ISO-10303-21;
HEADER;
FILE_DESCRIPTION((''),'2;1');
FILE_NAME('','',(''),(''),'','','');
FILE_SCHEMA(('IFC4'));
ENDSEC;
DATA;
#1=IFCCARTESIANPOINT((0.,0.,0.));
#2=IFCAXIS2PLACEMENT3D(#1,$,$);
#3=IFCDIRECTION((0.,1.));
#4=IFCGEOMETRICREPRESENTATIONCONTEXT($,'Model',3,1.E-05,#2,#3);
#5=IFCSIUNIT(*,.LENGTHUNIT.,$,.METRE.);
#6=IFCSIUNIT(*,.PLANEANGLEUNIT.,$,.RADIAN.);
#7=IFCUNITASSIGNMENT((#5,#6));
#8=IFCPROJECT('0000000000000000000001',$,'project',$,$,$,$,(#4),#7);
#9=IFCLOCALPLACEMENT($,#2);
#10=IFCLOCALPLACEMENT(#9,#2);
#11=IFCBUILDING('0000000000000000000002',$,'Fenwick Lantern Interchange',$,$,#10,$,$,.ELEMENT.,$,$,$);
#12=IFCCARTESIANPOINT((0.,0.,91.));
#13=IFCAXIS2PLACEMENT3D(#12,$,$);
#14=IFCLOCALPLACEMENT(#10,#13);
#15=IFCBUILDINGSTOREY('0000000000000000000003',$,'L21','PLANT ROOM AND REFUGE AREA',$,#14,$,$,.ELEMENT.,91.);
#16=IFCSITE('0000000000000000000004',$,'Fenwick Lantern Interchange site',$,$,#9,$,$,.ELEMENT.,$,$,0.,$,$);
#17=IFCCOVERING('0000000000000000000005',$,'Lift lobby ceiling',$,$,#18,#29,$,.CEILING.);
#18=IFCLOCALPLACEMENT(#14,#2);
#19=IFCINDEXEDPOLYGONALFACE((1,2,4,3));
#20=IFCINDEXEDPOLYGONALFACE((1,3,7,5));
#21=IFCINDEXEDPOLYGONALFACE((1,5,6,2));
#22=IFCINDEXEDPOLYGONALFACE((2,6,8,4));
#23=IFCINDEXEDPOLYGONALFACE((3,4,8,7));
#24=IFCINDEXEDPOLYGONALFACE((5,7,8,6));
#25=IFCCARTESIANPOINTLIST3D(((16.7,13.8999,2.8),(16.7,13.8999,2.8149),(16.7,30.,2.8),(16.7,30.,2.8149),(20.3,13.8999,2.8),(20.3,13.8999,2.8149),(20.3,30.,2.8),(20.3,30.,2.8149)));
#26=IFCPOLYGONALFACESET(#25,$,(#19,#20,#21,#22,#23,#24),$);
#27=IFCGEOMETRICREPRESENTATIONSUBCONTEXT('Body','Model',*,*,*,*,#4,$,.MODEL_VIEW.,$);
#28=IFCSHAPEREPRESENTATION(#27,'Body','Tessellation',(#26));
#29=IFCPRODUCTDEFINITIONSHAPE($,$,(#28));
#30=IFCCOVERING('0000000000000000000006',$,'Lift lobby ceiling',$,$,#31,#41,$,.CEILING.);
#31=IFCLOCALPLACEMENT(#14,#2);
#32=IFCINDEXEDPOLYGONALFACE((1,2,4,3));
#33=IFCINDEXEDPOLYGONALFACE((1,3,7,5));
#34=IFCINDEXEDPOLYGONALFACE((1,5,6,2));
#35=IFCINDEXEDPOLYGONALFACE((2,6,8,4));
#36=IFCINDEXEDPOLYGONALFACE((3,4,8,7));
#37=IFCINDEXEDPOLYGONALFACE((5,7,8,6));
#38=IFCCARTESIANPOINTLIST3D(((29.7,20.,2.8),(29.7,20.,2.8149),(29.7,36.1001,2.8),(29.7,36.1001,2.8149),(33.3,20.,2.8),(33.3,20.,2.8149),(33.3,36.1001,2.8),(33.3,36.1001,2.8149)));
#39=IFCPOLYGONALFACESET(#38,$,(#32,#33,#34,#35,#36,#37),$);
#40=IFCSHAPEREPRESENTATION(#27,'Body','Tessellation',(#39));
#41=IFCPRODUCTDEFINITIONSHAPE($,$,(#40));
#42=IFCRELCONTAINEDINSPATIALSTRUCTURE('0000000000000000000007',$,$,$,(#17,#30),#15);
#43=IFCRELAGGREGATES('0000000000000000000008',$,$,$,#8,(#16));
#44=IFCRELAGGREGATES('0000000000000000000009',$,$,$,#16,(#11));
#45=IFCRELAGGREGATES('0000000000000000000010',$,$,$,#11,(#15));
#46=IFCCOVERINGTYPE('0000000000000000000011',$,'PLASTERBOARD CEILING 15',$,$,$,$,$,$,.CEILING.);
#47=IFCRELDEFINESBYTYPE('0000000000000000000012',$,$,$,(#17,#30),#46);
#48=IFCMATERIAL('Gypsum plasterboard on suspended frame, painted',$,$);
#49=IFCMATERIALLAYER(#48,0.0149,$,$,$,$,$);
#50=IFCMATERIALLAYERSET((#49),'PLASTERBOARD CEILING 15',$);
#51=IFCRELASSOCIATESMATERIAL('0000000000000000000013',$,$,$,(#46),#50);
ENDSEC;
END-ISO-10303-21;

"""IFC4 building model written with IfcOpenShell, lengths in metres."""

from ifc_helpers import new_model, si_unit, direction, frame, origin, place, context, subcontext, project, spatial, polyline, outline, extrude, material, layer, layer_set, type_object, element, save


model = new_model("IFC4")

# Units and contexts
model_context = context("Model", 3, precision=1e-05, world=origin(), true_north=direction((0.0, 1.0)))
body_context = subcontext(model_context, "Body", "Model", "MODEL_VIEW")
ifc_project = project(units=[si_unit("LENGTHUNIT", "METRE"), si_unit("PLANEANGLEUNIT", "RADIAN")], contexts=[model_context])

# Site, building, storey
site_placement = place(None, origin())
site = spatial("IfcSite", under=ifc_project, at=site_placement, Name="Fenwick Lantern Interchange site", CompositionType="ELEMENT", RefElevation=0.0)
building_placement = place(site_placement, origin())
building = spatial("IfcBuilding", under=site, at=building_placement, Name="Fenwick Lantern Interchange", CompositionType="ELEMENT")
storey_placement = place(building_placement, frame((0.0, 0.0, 91.0)))
storey = spatial("IfcBuildingStorey", under=building, at=storey_placement, Name="L21", Description="PLANT ROOM AND REFUGE AREA", CompositionType="ELEMENT", Elevation=91.0)

# Coverings
ifc_material_1 = material(Name="Gypsum plasterboard on suspended frame, painted")
ifc_layer_1 = layer(ifc_material_1, 0.0149)
ifc_layer_set_1 = layer_set([ifc_layer_1], Name="PLASTERBOARD CEILING 15")
covering_type_1 = type_object("IfcCoveringType", Name="PLASTERBOARD CEILING 15", PredefinedType="CEILING", material=ifc_layer_set_1)
covering_1_placement = place(storey_placement, frame((0.0, 0.0, 2.8)))
element("IfcCovering", 1, at=covering_1_placement, inside=storey, type_object=covering_type_1, Name="Lift lobby ceiling", PredefinedType="CEILING", context=body_context, shape_type="SweptSolid", body=[
    extrude(outline(polyline([(16.7, 13.8999), (20.3, 13.8999), (20.3, 30.0), (16.7, 30.0), (16.7, 13.8999)])), origin(), (0.0, 0.0, 1.0), 0.0149),
])
covering_2_placement = place(storey_placement, frame((0.0, 0.0, 2.8)))
element("IfcCovering", 2, at=covering_2_placement, inside=storey, type_object=covering_type_1, Name="Lift lobby ceiling", PredefinedType="CEILING", context=body_context, shape_type="SweptSolid", body=[
    extrude(outline(polyline([(33.3, 36.1001), (29.7, 36.1001), (29.7, 20.0), (33.3, 20.0), (33.3, 36.1001)])), origin(), (0.0, 0.0, 1.0), 0.0149),
])

save(model, "model.ifc")
